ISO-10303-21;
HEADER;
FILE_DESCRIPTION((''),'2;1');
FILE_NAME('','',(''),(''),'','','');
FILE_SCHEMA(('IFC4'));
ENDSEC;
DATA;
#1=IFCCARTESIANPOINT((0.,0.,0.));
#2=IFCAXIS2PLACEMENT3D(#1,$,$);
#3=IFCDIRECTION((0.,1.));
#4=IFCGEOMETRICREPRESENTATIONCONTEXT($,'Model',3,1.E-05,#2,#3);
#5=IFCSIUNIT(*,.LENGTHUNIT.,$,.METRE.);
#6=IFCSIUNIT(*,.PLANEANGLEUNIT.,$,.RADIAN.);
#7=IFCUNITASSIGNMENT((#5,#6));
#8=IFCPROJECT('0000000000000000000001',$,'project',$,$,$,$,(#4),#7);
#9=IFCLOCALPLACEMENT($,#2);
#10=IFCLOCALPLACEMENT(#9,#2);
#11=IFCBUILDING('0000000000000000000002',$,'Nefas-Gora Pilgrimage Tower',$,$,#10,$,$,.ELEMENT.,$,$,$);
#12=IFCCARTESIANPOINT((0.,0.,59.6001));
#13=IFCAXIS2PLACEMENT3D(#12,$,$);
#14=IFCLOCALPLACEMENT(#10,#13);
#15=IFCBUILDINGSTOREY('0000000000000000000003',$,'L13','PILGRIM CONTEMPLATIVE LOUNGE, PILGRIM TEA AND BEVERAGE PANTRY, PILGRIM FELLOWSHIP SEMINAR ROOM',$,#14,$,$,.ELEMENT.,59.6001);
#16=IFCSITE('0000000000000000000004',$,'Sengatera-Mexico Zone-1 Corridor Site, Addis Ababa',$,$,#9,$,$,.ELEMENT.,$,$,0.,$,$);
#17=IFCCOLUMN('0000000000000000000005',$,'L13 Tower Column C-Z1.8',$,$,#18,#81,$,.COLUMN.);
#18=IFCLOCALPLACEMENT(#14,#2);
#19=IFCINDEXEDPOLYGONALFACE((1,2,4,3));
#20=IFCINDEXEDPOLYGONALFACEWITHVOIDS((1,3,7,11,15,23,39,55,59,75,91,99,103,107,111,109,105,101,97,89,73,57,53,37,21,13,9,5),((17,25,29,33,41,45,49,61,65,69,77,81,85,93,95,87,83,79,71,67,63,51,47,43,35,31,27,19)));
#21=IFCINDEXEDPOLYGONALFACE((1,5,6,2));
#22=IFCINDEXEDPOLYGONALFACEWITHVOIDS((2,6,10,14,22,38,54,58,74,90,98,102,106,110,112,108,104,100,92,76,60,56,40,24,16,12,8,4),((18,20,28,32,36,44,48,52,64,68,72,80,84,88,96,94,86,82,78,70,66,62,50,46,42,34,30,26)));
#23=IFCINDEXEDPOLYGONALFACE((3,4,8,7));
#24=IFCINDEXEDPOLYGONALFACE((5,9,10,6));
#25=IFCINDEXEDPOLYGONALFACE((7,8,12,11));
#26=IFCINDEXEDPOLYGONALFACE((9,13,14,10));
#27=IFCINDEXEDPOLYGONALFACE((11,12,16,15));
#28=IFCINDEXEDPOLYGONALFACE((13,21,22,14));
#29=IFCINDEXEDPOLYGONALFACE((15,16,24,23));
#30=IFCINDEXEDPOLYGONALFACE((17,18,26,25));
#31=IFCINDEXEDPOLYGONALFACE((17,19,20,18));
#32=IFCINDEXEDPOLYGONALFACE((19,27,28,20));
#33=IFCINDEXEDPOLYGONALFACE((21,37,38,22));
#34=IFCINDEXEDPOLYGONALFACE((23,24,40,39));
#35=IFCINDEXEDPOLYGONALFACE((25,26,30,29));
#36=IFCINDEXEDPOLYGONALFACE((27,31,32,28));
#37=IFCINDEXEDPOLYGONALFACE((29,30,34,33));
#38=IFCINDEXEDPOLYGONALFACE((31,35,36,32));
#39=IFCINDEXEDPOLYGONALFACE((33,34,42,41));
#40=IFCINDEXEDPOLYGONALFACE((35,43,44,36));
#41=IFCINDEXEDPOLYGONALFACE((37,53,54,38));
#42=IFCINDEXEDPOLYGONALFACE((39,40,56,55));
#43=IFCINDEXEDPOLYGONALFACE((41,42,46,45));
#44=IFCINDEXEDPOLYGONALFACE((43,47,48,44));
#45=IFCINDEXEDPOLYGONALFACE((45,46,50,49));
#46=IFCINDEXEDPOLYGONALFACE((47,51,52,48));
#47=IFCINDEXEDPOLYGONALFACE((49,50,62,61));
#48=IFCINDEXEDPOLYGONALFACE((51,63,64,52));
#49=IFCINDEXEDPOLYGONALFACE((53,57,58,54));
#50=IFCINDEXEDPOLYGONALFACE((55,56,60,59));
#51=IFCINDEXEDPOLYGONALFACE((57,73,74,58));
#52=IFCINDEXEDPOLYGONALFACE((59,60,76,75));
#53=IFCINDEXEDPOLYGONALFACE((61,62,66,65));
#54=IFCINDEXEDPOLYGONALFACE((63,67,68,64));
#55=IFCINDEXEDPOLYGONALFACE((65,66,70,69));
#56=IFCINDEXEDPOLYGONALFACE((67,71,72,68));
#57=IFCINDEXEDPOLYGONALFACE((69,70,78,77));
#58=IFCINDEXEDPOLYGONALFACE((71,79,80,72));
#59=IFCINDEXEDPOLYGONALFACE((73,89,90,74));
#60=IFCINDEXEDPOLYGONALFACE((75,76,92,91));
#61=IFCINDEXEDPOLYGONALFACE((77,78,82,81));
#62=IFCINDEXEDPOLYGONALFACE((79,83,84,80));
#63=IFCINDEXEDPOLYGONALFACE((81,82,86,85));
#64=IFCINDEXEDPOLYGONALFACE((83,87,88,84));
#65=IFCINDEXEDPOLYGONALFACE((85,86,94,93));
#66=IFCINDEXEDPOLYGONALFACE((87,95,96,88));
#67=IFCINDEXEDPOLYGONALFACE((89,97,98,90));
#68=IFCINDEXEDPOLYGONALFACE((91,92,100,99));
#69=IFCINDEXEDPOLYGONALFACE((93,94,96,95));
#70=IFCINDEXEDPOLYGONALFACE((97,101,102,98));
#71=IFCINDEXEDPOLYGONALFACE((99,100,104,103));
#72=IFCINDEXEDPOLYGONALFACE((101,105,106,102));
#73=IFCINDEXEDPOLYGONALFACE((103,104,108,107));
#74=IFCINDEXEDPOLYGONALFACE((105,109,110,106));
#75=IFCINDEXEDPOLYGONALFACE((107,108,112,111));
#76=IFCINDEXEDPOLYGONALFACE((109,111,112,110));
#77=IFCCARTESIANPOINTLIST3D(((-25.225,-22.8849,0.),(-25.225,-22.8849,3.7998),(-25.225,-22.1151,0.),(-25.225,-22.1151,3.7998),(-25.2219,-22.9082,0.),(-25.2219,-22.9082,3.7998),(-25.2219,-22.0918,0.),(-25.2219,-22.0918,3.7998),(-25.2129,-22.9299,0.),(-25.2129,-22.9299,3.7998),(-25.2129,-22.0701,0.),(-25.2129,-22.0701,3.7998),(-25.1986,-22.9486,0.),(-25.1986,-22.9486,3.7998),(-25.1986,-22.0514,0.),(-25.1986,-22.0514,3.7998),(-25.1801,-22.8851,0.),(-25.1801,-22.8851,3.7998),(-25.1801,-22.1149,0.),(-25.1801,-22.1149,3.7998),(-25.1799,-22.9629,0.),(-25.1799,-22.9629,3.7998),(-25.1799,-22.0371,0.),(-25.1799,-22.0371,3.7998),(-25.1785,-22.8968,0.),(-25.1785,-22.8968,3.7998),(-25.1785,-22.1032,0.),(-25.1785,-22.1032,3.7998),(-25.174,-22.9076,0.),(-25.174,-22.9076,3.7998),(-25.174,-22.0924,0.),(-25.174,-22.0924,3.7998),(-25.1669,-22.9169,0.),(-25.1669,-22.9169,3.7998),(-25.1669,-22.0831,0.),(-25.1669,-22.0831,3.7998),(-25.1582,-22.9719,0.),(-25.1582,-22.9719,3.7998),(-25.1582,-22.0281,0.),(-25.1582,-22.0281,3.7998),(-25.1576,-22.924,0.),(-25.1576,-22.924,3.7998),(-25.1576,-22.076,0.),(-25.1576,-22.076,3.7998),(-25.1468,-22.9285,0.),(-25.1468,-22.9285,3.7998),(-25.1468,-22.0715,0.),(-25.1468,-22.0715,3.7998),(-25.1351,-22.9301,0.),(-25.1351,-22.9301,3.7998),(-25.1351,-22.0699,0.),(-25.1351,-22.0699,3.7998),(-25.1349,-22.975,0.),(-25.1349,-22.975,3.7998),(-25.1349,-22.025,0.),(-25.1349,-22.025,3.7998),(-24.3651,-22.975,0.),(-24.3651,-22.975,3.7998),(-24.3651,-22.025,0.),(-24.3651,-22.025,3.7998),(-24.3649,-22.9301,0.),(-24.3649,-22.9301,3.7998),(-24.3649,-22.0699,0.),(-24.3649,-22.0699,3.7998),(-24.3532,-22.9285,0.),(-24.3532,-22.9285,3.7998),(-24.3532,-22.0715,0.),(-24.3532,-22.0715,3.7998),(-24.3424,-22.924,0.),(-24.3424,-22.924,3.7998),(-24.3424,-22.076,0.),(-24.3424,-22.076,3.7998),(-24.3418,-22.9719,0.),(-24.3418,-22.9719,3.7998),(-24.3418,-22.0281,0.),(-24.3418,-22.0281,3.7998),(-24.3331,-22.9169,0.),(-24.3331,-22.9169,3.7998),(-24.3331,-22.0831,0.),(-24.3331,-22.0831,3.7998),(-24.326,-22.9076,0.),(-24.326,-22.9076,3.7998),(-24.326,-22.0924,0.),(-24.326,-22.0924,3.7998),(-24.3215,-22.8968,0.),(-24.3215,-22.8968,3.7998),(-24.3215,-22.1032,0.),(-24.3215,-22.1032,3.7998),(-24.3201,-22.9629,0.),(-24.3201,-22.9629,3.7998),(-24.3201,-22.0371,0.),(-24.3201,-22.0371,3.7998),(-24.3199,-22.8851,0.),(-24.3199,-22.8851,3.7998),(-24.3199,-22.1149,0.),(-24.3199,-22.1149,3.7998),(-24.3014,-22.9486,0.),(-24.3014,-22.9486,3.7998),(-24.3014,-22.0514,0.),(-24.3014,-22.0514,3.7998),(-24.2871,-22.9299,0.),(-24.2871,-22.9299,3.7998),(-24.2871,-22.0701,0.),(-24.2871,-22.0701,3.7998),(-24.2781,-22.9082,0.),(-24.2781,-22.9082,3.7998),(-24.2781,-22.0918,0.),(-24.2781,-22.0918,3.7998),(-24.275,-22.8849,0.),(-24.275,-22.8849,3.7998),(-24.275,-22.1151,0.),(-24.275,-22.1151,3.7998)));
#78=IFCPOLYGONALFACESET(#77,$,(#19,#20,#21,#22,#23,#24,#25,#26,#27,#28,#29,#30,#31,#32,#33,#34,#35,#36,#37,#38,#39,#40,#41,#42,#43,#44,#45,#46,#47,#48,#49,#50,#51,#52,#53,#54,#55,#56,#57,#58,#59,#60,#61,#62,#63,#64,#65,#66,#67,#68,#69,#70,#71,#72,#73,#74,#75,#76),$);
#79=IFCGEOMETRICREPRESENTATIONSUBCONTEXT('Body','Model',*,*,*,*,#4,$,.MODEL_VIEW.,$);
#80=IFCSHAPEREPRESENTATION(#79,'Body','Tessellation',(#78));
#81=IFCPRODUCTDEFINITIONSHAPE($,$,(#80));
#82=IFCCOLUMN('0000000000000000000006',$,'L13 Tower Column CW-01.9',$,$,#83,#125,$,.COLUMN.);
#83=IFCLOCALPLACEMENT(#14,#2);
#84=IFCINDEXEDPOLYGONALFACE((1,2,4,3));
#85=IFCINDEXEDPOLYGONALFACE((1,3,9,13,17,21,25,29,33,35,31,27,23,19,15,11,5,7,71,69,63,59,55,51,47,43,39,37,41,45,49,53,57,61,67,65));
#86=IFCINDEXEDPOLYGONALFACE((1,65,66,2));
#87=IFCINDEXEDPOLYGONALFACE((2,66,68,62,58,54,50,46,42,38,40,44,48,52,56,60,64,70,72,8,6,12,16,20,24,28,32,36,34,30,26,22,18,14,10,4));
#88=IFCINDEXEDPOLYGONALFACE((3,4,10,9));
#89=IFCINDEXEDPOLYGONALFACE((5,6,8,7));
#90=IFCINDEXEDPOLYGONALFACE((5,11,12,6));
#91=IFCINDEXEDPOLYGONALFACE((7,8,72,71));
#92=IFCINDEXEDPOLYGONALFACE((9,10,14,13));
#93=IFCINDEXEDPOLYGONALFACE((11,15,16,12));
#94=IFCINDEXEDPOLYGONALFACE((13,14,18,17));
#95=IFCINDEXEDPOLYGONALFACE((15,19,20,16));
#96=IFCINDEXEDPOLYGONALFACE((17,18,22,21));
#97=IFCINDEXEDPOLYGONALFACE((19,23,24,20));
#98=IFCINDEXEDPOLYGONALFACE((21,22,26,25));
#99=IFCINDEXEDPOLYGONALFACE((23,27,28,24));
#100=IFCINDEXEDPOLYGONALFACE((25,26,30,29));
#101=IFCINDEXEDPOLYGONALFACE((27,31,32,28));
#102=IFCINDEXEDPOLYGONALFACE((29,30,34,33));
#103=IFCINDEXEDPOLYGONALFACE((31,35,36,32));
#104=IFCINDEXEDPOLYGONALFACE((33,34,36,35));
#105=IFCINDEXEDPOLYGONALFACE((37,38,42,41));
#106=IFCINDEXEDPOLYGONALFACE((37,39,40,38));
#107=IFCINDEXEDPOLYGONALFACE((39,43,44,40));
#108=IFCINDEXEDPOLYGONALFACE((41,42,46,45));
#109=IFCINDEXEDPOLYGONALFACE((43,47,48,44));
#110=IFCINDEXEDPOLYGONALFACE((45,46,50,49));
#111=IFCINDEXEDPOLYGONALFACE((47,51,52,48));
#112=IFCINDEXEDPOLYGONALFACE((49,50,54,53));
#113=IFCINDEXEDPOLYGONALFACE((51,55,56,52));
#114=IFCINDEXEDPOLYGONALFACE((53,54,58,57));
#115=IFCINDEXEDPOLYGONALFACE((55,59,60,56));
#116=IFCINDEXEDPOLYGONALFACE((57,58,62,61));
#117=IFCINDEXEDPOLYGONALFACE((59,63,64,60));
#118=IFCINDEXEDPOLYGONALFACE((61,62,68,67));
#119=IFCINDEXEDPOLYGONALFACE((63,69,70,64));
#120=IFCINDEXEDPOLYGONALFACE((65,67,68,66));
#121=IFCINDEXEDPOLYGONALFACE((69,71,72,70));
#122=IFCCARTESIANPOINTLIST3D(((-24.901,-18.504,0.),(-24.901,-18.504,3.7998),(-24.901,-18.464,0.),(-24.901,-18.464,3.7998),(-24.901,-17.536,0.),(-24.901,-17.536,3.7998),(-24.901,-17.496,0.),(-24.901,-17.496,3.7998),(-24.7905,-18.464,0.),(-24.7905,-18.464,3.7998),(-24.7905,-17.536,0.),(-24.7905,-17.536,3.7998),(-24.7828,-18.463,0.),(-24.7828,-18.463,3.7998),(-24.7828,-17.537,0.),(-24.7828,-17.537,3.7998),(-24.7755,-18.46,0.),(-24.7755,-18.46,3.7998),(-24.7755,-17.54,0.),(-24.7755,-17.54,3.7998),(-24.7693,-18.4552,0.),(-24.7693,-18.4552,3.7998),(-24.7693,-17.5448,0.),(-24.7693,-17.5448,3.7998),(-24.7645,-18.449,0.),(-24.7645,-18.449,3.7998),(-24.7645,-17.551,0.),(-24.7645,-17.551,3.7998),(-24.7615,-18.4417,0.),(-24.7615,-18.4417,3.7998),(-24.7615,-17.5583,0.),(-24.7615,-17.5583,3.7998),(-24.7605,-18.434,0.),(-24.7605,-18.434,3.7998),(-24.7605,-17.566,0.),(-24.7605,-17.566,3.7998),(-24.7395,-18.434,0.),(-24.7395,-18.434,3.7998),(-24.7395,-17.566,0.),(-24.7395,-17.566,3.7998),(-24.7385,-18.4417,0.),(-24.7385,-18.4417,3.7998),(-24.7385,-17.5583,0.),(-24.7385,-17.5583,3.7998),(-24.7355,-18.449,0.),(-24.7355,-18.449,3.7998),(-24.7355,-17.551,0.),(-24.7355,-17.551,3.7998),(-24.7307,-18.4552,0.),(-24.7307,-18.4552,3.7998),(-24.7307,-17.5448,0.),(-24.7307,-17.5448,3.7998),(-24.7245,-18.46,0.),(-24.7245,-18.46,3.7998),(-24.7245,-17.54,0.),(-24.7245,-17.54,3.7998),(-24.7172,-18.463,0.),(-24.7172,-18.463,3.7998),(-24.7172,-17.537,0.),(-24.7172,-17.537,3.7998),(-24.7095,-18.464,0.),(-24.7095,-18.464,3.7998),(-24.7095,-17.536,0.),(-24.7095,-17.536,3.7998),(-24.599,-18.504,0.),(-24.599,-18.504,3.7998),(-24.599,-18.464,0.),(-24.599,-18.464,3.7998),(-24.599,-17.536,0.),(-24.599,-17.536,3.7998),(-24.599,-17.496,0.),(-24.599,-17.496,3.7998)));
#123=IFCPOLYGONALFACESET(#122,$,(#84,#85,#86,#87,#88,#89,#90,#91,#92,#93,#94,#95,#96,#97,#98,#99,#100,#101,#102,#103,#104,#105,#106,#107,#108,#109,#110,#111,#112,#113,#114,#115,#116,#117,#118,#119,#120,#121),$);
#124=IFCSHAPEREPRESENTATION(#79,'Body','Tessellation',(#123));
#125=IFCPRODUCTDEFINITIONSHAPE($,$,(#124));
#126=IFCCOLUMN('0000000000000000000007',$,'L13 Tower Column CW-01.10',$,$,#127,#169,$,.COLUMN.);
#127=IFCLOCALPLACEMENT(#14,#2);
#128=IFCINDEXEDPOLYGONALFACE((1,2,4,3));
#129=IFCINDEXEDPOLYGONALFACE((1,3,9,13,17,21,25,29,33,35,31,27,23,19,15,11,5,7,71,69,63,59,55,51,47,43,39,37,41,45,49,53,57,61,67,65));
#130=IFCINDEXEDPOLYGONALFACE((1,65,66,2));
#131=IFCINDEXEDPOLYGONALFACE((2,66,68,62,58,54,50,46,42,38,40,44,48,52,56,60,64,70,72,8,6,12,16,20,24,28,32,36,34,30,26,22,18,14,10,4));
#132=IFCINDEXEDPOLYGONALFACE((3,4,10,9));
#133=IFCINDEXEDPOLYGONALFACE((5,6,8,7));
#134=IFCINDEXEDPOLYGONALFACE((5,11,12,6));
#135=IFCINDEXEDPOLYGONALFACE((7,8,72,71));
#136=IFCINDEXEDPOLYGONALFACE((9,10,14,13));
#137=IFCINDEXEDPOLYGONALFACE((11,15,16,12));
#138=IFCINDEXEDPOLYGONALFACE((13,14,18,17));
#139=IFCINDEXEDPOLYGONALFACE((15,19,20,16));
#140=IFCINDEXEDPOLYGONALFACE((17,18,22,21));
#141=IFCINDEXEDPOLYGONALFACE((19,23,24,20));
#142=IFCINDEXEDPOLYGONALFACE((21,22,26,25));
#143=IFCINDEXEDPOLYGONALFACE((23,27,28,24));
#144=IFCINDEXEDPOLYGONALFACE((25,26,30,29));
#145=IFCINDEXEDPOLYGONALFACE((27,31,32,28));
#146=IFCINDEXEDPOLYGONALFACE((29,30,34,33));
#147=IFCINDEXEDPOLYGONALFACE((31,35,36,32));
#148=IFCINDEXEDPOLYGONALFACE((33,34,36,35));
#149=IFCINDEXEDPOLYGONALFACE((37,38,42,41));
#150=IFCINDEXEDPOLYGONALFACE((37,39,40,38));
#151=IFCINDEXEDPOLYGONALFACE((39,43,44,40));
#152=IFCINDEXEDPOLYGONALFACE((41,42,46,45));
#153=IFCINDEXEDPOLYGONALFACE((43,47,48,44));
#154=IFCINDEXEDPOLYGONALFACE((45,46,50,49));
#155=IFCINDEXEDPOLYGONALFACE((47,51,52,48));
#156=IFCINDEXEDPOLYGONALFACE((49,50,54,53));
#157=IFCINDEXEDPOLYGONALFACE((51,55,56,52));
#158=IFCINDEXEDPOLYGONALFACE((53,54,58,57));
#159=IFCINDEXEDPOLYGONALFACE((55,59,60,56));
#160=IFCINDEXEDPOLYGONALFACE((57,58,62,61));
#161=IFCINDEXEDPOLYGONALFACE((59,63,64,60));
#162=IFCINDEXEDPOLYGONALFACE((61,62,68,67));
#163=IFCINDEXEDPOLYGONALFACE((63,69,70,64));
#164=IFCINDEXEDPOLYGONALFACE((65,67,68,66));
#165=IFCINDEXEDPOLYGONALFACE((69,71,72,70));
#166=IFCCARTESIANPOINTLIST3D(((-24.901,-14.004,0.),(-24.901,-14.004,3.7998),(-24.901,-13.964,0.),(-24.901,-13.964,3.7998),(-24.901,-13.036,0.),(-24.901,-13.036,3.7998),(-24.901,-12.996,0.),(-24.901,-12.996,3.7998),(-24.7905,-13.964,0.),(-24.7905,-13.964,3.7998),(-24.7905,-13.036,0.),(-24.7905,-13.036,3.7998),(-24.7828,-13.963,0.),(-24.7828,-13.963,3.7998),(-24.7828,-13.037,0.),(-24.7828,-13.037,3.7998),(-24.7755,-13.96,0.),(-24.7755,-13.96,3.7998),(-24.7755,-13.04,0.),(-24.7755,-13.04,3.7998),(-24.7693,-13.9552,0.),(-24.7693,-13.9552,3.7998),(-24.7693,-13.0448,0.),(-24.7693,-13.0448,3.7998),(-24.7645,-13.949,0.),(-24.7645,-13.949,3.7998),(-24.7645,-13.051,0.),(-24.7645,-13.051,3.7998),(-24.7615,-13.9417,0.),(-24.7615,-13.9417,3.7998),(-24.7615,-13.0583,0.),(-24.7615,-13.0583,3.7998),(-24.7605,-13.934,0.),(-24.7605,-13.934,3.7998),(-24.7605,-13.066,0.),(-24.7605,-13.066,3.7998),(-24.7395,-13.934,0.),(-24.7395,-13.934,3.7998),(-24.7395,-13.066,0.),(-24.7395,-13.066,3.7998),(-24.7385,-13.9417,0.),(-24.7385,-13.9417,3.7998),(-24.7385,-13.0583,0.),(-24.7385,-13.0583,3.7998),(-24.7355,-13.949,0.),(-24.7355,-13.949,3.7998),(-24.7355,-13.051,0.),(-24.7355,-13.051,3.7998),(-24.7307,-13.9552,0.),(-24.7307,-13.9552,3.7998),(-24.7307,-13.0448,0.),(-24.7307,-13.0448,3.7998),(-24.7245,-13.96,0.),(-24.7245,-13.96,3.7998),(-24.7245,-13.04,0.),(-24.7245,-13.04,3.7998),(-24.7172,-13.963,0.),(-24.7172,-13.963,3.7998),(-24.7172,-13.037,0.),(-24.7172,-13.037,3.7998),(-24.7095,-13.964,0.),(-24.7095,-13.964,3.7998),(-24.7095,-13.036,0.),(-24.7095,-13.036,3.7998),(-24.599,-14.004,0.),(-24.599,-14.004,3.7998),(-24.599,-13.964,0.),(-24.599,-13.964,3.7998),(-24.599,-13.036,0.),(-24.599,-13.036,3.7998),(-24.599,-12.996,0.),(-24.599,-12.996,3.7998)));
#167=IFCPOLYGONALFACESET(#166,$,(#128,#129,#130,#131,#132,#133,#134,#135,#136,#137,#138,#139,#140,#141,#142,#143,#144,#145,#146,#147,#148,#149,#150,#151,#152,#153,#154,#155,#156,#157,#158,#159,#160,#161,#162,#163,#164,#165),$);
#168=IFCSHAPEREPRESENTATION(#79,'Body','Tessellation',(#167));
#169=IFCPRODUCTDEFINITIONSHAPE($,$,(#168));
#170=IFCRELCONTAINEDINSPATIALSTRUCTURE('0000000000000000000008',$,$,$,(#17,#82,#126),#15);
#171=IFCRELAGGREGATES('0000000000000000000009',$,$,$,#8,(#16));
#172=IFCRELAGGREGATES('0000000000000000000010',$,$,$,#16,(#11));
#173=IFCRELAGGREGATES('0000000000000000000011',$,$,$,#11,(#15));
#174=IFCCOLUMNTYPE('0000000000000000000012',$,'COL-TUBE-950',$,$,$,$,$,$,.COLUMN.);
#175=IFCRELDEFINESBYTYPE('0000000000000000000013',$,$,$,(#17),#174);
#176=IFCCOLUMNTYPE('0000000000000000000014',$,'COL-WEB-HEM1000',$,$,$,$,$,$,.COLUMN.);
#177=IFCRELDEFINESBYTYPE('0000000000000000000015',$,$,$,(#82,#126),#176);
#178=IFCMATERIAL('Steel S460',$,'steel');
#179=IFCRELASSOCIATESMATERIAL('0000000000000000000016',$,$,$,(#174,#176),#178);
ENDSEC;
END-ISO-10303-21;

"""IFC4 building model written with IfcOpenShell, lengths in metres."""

from ifc_helpers import new_model, si_unit, direction, frame, origin, origin_2d, place, context, subcontext, project, spatial, hollow_rectangle, i_section, extrude, source, transform, mapped, material, material_profile, profile_set, type_object, element, save


model = new_model("IFC4")

# Units and contexts
model_context = context("Model", 3, precision=1e-05, world=origin(), true_north=direction((0.0, 1.0)))
body_context = subcontext(model_context, "Body", "Model", "MODEL_VIEW")
ifc_project = project(units=[si_unit("LENGTHUNIT", "METRE"), si_unit("PLANEANGLEUNIT", "RADIAN")], contexts=[model_context])

# Site, building, storey
site_placement = place(None, origin())
site = spatial("IfcSite", under=ifc_project, at=site_placement, Name="Sengatera-Mexico Zone-1 Corridor Site, Addis Ababa", CompositionType="ELEMENT", RefElevation=0.0)
building_placement = place(site_placement, origin())
building = spatial("IfcBuilding", under=site, at=building_placement, Name="Nefas-Gora Pilgrimage Tower", CompositionType="ELEMENT")
storey_placement = place(building_placement, frame((0.0, 0.0, 59.6001)))
storey = spatial("IfcBuildingStorey", under=building, at=storey_placement, Name="L13", Description="PILGRIM CONTEMPLATIVE LOUNGE, PILGRIM TEA AND BEVERAGE PANTRY, PILGRIM FELLOWSHIP SEMINAR ROOM", CompositionType="ELEMENT", Elevation=59.6001)

# Columns
ifc_material_1 = material(Name="Steel S460", Category="steel")
ifc_material_profile_1 = material_profile(ifc_material_1, hollow_rectangle(XDim=0.95, YDim=0.95, WallThickness=0.0449, InnerFilletRadius=0.0449, OuterFilletRadius=0.0901, at=origin_2d()), Name="BOX 950x950x45")
ifc_profile_set_1 = profile_set([ifc_material_profile_1], Name="Steel S460")
column_type_1 = type_object("IfcColumnType", Name="COL-TUBE-950", PredefinedType="COLUMN", material=ifc_profile_set_1)
shared_shape_1 = source(origin(), body_context, "Body", "SweptSolid", [
    extrude(hollow_rectangle(XDim=0.95, YDim=0.95, WallThickness=0.0449, InnerFilletRadius=0.0449, OuterFilletRadius=0.0901, at=origin_2d()), origin(), (0.0, 0.0, 1.0), 3.7998),
])
for number, where, z_axis, x_axis, name in (
    (1, (-24.75, -22.5, 0.0), (0.0, 0.0, 1.0), (1.0, 0.0, 0.0), "L13 Tower Column C-Z1.8"),
):
    element("IfcColumn", number, at=place(storey_placement, frame(where, z_axis=z_axis, x_axis=x_axis)), inside=storey, type_object=column_type_1, Name=name, PredefinedType="COLUMN", context=body_context, shape_type="MappedRepresentation", body=[
        mapped(shared_shape_1, transform((0.0, 0.0, 0.0), x_axis=(1.0, 0.0, 0.0), y_axis=(0.0, 1.0, 0.0), z_axis=(0.0, 0.0, 1.0), scale=1.0)),
    ])
ifc_material_profile_2 = material_profile(ifc_material_1, i_section(OverallWidth=0.302, OverallDepth=1.0081, WebThickness=0.021, FlangeThickness=0.04, FilletRadius=0.03, at=origin_2d()), Name="HEM 1000")
ifc_profile_set_2 = profile_set([ifc_material_profile_2], Name="Steel S460")
column_type_2 = type_object("IfcColumnType", Name="COL-WEB-HEM1000", PredefinedType="COLUMN", material=ifc_profile_set_2)
shared_shape_2 = source(origin(), body_context, "Body", "SweptSolid", [
    extrude(i_section(OverallWidth=0.302, OverallDepth=1.0081, WebThickness=0.021, FlangeThickness=0.04, FilletRadius=0.03, at=origin_2d()), origin(), (0.0, 0.0, 1.0), 3.7998),
])
for number, where, z_axis, x_axis, name in (
    (2, (-24.75, -18.0, 0.0), (0.0, 0.0, 1.0), (1.0, 0.0, 0.0), "L13 Tower Column CW-01.9"),
    (3, (-24.75, -13.5, 0.0), (0.0, 0.0, 1.0), (1.0, 0.0, 0.0), "L13 Tower Column CW-01.10"),
):
    element("IfcColumn", number, at=place(storey_placement, frame(where, z_axis=z_axis, x_axis=x_axis)), inside=storey, type_object=column_type_2, Name=name, PredefinedType="COLUMN", context=body_context, shape_type="MappedRepresentation", body=[
        mapped(shared_shape_2, transform((0.0, 0.0, 0.0), x_axis=(1.0, 0.0, 0.0), y_axis=(0.0, 1.0, 0.0), z_axis=(0.0, 0.0, 1.0), scale=1.0)),
    ])

save(model, "model.ifc")
